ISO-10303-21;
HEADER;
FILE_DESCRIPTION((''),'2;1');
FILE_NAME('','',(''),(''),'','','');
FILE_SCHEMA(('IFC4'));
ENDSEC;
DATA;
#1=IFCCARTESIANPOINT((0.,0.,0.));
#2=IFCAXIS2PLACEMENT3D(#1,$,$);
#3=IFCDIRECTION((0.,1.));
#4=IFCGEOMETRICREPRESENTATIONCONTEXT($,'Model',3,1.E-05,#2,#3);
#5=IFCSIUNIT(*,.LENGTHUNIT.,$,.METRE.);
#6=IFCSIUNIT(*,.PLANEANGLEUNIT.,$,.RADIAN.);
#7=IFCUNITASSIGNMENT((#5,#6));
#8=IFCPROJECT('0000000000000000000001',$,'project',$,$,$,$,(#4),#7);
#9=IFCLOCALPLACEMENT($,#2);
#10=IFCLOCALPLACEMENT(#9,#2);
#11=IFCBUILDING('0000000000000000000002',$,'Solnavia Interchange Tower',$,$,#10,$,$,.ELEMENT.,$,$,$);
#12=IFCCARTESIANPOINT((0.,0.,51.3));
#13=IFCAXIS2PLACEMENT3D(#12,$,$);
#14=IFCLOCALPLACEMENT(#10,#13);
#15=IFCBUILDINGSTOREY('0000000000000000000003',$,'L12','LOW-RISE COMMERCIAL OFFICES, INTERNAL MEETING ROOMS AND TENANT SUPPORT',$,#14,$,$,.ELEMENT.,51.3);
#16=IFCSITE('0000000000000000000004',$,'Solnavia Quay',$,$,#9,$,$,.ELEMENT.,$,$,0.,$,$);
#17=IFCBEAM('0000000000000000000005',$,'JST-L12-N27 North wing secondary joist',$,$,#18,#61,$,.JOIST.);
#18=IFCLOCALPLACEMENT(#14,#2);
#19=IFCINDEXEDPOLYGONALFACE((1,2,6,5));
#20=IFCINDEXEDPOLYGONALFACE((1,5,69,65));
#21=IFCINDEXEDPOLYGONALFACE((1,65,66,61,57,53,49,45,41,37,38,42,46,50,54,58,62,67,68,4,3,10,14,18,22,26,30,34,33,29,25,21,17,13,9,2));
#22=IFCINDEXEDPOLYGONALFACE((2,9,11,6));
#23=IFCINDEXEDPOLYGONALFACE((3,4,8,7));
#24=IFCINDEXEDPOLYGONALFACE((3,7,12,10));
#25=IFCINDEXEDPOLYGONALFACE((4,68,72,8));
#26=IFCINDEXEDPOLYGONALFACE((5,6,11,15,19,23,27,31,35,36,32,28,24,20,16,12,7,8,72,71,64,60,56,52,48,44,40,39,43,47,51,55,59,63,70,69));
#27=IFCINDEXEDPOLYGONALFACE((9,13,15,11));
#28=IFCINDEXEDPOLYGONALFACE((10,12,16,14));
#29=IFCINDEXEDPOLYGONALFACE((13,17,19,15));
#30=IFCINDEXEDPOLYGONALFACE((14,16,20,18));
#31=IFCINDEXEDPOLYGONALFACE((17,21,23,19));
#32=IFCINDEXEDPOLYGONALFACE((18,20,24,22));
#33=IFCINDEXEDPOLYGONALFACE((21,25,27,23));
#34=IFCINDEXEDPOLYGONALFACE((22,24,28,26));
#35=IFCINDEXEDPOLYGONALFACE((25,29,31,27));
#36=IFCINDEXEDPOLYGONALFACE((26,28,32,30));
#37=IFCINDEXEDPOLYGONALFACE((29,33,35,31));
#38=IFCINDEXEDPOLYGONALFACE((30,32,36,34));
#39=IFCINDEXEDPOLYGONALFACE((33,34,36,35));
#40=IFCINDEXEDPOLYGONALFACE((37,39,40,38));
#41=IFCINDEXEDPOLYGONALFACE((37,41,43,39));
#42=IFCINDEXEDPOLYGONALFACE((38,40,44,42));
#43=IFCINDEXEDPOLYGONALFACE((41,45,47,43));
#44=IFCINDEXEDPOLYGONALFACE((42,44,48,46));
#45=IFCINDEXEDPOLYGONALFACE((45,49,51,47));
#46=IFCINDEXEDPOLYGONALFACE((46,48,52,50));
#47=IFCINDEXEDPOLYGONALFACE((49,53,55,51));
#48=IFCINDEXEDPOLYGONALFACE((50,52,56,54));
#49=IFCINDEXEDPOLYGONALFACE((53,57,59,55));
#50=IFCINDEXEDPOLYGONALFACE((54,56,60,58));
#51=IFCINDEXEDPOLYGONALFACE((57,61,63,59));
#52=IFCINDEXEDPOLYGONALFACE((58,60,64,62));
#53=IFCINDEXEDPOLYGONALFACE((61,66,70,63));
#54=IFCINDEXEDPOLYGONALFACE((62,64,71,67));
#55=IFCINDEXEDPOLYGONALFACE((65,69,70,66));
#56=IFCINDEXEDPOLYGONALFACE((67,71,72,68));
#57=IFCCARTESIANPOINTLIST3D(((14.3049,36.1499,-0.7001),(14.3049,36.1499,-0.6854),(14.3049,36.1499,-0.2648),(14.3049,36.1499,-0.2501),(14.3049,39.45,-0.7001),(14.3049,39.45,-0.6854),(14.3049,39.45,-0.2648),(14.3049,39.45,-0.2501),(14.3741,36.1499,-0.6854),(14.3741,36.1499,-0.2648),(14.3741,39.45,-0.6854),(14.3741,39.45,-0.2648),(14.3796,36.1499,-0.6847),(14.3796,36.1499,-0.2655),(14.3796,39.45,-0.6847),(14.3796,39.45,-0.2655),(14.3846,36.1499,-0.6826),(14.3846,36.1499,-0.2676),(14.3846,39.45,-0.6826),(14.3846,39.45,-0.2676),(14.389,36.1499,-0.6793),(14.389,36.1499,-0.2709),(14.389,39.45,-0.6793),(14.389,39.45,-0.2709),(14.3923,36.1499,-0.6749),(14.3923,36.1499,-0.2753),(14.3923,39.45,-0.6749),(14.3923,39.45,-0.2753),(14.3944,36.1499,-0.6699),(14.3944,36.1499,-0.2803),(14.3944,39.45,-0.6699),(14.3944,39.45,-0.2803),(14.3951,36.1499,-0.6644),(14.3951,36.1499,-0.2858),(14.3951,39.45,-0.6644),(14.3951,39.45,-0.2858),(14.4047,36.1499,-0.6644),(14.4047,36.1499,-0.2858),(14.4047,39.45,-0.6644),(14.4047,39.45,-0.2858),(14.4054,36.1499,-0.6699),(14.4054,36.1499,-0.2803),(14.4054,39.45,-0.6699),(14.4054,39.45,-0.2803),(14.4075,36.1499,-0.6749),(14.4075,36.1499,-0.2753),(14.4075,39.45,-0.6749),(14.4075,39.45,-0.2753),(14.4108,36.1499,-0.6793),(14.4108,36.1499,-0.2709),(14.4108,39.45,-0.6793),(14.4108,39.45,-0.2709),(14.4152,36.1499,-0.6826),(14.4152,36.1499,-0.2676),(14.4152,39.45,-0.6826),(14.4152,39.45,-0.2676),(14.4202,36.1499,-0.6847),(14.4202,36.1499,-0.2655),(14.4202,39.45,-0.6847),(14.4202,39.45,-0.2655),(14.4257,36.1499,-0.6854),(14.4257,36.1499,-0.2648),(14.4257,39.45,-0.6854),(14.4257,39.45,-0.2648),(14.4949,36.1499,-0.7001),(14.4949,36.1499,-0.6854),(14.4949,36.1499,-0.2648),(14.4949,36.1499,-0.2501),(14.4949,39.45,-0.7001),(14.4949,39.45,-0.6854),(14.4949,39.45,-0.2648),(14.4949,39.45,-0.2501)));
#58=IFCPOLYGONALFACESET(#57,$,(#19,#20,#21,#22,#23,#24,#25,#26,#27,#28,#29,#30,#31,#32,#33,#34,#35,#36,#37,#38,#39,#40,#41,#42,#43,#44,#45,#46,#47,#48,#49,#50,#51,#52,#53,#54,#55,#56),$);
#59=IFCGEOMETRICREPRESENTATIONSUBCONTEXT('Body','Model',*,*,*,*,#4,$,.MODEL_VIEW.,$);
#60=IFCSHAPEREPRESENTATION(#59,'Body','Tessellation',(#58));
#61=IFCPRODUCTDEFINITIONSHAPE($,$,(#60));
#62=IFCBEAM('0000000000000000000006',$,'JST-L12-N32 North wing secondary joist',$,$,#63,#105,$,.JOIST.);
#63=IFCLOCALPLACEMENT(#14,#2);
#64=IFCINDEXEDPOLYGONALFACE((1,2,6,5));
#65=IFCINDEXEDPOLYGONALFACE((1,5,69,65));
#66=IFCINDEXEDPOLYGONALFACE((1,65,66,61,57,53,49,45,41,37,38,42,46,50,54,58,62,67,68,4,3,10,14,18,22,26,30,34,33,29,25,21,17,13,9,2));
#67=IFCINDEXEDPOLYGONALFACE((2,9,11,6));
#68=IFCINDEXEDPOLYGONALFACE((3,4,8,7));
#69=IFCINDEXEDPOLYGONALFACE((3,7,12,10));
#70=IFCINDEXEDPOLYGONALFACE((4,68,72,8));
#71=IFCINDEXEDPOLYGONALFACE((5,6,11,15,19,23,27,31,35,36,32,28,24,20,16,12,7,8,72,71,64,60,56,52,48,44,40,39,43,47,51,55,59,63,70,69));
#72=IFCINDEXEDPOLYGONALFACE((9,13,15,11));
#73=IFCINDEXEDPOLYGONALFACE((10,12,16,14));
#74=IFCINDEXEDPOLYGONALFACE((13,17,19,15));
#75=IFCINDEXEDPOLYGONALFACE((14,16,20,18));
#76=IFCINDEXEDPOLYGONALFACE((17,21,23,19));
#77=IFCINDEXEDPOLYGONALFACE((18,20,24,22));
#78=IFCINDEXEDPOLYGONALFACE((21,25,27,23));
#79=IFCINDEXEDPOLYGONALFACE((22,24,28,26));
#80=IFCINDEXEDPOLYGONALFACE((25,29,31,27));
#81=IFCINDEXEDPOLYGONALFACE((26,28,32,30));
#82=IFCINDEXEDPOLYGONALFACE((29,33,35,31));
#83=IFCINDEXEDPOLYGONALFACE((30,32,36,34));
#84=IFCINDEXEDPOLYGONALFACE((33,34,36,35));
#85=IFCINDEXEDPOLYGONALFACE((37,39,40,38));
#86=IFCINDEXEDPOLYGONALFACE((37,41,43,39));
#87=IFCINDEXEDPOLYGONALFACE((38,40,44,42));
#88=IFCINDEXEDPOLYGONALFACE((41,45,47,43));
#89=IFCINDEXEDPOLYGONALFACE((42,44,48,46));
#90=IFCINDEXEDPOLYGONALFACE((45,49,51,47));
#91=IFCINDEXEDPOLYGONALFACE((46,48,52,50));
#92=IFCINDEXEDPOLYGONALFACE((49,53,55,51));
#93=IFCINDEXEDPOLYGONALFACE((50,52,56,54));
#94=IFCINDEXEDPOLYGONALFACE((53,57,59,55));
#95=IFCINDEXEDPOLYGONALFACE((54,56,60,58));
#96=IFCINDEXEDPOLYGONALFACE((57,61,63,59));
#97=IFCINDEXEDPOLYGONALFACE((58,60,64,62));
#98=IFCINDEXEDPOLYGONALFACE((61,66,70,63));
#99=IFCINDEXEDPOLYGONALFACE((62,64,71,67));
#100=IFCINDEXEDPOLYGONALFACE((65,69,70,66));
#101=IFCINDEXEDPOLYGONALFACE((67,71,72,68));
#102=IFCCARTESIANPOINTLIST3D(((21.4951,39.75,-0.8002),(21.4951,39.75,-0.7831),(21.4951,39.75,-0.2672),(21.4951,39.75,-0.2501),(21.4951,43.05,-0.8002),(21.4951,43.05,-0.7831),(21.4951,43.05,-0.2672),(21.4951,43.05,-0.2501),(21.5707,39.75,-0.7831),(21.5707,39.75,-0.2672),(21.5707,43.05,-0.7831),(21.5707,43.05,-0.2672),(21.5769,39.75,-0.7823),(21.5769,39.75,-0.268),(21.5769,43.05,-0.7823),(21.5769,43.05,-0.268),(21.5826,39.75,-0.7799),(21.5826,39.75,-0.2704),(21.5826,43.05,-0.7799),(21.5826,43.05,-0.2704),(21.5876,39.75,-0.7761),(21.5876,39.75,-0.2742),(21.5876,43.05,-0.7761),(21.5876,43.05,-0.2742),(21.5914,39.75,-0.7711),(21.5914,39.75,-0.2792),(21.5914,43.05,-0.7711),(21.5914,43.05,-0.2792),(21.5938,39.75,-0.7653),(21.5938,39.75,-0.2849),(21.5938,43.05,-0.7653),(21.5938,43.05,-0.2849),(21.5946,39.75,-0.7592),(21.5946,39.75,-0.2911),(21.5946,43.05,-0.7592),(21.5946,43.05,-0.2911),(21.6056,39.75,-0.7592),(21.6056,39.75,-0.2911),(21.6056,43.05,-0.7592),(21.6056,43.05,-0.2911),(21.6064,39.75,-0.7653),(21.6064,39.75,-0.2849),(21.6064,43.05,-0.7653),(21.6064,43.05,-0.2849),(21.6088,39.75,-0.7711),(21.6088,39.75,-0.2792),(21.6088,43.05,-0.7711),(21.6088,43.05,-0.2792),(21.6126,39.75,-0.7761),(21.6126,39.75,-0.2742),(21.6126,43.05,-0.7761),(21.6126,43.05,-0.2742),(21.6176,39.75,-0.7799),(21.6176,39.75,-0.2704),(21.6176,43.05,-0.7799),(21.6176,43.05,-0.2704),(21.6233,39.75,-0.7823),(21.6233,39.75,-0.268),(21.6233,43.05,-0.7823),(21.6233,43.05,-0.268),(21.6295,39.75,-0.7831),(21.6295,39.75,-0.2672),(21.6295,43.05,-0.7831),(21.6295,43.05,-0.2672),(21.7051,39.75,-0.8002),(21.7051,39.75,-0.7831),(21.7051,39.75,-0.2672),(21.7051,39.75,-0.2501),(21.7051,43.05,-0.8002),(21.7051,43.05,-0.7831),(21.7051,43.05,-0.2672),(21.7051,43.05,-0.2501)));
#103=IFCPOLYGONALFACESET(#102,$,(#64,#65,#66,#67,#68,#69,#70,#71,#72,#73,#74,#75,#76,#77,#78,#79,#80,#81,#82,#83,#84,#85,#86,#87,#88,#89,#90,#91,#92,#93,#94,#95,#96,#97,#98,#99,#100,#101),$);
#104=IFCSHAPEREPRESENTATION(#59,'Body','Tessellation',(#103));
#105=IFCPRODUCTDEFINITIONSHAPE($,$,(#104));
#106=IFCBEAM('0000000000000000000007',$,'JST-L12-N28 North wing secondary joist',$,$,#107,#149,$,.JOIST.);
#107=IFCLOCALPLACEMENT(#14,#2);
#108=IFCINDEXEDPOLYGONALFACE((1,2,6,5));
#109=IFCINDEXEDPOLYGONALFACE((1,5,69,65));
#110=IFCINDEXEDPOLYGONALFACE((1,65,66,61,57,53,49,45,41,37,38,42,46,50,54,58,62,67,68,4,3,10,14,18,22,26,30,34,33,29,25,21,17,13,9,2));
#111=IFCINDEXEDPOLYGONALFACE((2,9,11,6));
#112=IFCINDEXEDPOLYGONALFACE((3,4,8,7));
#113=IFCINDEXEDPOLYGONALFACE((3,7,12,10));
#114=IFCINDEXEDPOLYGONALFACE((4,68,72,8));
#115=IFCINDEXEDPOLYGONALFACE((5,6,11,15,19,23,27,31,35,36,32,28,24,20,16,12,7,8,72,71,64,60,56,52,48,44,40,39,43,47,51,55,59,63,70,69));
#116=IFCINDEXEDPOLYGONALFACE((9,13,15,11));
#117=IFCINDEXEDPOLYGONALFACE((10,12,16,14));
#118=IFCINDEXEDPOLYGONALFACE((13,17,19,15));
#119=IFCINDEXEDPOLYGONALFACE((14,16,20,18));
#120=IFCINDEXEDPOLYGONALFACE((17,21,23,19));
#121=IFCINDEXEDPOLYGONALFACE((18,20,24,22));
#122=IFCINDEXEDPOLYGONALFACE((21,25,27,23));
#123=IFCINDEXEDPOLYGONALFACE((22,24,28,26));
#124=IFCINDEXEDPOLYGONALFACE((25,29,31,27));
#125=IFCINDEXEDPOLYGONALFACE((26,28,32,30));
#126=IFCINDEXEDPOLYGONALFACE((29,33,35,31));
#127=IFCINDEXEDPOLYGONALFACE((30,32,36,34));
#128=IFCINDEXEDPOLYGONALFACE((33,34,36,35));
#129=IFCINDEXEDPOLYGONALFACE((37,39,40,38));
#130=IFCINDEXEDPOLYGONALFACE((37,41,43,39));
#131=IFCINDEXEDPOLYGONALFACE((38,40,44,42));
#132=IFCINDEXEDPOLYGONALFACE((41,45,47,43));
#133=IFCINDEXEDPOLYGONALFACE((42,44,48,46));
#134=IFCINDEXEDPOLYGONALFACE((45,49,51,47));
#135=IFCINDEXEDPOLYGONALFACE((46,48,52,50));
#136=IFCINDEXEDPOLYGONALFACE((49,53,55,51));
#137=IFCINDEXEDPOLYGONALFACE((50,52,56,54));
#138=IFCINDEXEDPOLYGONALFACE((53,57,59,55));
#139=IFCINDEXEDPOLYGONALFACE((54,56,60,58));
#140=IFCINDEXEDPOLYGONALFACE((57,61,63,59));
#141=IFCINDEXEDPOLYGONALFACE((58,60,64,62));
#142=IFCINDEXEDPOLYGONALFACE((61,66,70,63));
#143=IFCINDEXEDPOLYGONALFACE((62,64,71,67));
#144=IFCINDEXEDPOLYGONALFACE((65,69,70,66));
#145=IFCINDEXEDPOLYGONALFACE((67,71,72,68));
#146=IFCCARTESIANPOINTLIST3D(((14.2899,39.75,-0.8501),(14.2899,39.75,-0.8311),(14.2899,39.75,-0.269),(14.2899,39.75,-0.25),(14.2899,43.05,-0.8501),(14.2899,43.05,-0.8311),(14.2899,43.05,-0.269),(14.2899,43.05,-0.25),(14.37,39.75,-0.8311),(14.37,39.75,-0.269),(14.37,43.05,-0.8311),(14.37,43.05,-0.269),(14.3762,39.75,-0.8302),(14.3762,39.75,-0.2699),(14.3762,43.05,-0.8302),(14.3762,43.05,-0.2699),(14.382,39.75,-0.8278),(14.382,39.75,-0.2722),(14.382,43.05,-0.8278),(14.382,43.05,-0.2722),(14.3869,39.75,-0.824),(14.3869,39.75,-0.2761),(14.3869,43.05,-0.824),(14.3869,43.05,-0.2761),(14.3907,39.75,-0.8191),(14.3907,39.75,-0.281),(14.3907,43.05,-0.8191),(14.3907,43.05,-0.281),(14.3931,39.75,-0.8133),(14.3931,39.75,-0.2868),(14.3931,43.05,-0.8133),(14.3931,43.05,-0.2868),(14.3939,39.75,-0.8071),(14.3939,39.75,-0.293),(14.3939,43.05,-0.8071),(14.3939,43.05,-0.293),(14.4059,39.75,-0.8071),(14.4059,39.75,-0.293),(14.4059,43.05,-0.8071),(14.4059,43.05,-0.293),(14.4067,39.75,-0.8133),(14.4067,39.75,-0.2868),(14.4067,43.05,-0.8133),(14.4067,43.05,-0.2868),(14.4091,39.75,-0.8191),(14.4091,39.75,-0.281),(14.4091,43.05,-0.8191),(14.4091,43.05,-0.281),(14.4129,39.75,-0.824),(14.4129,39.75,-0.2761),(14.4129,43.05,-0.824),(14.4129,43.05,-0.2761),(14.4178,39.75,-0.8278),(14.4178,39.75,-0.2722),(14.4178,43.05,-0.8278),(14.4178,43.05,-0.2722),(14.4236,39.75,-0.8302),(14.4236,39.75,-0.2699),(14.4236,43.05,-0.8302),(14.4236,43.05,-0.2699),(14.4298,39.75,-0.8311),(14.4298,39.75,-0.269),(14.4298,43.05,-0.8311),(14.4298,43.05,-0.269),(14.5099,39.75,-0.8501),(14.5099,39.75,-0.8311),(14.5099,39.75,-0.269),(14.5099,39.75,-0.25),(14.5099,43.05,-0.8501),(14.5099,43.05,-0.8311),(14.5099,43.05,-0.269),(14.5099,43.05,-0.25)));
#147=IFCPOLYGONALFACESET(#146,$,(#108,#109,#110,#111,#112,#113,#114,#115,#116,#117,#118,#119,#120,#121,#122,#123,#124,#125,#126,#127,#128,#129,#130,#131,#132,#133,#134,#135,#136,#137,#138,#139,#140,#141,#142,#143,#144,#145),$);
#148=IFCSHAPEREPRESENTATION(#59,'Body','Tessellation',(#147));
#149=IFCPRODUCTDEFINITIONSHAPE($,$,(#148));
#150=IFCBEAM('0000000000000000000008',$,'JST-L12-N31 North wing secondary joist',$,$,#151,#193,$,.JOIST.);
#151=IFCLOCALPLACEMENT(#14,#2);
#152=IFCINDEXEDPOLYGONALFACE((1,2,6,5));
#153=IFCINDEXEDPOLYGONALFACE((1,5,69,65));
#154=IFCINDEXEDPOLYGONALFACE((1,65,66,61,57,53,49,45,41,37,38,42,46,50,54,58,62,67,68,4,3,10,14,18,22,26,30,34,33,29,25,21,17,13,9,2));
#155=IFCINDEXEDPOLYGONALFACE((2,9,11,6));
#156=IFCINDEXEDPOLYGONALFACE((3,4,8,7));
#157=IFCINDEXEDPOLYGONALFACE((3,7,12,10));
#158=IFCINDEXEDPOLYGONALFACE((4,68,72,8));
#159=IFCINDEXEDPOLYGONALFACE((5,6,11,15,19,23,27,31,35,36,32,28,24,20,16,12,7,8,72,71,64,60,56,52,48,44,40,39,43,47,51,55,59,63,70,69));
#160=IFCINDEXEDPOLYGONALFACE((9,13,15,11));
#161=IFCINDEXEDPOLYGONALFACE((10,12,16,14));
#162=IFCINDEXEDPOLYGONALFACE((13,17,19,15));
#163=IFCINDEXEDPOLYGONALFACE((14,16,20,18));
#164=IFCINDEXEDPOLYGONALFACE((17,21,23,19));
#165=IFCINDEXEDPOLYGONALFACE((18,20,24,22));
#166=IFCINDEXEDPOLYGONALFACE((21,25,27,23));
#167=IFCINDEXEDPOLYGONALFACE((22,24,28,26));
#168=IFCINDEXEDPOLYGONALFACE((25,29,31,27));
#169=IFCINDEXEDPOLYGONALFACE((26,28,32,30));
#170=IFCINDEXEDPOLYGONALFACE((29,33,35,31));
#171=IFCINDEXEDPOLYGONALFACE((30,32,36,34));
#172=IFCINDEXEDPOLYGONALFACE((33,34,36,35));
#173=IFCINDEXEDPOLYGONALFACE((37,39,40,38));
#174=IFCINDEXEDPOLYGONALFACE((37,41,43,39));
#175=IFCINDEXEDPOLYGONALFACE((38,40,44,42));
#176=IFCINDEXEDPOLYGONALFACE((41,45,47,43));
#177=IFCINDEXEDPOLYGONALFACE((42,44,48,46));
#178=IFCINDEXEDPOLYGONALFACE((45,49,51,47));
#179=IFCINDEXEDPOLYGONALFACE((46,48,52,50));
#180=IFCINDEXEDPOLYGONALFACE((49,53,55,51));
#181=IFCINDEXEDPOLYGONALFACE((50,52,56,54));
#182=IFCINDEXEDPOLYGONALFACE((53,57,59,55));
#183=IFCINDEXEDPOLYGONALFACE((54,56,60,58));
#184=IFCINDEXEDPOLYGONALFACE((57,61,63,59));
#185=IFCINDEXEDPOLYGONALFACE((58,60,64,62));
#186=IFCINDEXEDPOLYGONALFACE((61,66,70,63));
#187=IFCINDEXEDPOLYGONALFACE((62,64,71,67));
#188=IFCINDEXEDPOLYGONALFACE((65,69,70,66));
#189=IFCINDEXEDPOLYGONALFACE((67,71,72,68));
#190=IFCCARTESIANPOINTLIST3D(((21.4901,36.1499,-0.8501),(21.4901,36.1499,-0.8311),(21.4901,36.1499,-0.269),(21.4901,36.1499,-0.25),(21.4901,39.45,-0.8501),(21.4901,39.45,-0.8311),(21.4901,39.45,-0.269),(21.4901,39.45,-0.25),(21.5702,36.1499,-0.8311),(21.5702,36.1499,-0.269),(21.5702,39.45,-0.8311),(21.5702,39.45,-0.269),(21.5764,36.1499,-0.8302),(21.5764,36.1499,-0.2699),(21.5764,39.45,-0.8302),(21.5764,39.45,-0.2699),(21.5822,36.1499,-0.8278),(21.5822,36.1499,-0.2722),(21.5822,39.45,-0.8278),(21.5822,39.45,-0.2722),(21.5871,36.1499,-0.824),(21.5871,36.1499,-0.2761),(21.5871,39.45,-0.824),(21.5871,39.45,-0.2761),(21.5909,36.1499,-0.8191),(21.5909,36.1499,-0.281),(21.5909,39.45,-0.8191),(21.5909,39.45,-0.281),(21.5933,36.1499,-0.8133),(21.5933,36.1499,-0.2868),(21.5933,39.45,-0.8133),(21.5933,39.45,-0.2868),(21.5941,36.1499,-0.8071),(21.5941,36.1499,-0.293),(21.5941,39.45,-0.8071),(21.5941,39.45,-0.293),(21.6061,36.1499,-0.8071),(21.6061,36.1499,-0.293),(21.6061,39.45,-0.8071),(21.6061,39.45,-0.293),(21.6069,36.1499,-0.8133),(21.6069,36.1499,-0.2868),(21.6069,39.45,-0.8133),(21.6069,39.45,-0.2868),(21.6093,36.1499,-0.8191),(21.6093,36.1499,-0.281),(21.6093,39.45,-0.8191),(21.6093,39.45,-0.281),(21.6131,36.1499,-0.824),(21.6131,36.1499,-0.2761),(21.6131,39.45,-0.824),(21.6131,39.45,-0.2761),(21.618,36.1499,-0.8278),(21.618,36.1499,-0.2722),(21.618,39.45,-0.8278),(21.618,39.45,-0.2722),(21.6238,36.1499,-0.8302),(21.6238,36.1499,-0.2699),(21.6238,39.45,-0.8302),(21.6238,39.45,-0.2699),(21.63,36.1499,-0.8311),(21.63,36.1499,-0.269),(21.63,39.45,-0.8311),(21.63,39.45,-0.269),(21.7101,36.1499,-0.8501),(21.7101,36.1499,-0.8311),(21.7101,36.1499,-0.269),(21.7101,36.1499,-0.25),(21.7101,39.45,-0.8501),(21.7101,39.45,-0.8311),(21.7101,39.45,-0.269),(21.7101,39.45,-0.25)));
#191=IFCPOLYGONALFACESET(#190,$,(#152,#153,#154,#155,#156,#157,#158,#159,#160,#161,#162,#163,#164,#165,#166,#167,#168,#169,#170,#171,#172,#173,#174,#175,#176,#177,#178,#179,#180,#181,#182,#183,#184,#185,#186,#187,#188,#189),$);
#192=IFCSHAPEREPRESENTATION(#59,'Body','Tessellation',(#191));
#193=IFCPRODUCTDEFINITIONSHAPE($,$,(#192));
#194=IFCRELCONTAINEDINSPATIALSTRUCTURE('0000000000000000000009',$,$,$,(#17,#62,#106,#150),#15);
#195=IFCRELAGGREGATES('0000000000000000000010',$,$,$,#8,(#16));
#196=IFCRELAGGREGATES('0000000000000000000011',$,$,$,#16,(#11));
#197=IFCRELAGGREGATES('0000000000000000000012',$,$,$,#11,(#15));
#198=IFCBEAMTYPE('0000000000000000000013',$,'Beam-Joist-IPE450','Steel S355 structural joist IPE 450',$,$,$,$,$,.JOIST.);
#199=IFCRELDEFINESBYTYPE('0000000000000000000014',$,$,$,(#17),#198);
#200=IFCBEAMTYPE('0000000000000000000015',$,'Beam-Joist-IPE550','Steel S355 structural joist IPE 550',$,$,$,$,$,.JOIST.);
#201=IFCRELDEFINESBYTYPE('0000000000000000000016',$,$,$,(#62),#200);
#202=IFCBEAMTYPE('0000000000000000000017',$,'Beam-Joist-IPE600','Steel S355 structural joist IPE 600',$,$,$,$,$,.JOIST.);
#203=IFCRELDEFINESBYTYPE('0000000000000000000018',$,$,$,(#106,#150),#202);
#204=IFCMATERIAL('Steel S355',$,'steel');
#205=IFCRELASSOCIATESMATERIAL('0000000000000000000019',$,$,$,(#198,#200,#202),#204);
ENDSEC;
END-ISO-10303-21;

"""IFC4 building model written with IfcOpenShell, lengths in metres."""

from ifc_helpers import new_model, si_unit, direction, frame, origin, origin_2d, place, context, subcontext, project, spatial, i_section, extrude, material, material_profile, profile_set, type_object, element, save


model = new_model("IFC4")

# Units and contexts
model_context = context("Model", 3, precision=1e-05, world=origin(), true_north=direction((0.0, 1.0)))
body_context = subcontext(model_context, "Body", "Model", "MODEL_VIEW")
ifc_project = project(units=[si_unit("LENGTHUNIT", "METRE"), si_unit("PLANEANGLEUNIT", "RADIAN")], contexts=[model_context])

# Site, building, storey
site_placement = place(None, origin())
site = spatial("IfcSite", under=ifc_project, at=site_placement, Name="Solnavia Quay", CompositionType="ELEMENT", RefElevation=0.0)
building_placement = place(site_placement, origin())
building = spatial("IfcBuilding", under=site, at=building_placement, Name="Solnavia Interchange Tower", CompositionType="ELEMENT")
storey_placement = place(building_placement, frame((0.0, 0.0, 51.3)))
storey = spatial("IfcBuildingStorey", under=building, at=storey_placement, Name="L12", Description="LOW-RISE COMMERCIAL OFFICES, INTERNAL MEETING ROOMS AND TENANT SUPPORT", CompositionType="ELEMENT", Elevation=51.3)

# Shared definitions
ifc_material_1 = material(Name="Steel S355", Category="steel")

# Beams
ifc_material_profile_1 = material_profile(ifc_material_1, i_section(OverallWidth=0.1899, OverallDepth=0.45, WebThickness=0.0095, FlangeThickness=0.0146, FilletRadius=0.021, at=origin_2d()), Name="IPE 450")
ifc_profile_set_1 = profile_set([ifc_material_profile_1], Name="Steel S355")
beam_type_1 = type_object("IfcBeamType", Name="Beam-Joist-IPE450", Description="Steel S355 structural joist IPE 450", PredefinedType="JOIST", material=ifc_profile_set_1)
beam_1_placement = place(storey_placement, frame((14.3999, 36.1499, -0.4751), z_axis=(0.0, 1.0, 0.0), x_axis=(-1.0, 0.0, 0.0)))
element("IfcBeam", 1, at=beam_1_placement, inside=storey, type_object=beam_type_1, Name="JST-L12-N27 North wing secondary joist", PredefinedType="JOIST", context=body_context, shape_type="SweptSolid", body=[
    extrude(i_section(OverallWidth=0.1899, OverallDepth=0.45, WebThickness=0.0095, FlangeThickness=0.0146, FilletRadius=0.021, at=origin_2d()), origin(), (0.0, 0.0, 1.0), 3.3),
])
ifc_material_profile_2 = material_profile(ifc_material_1, i_section(OverallWidth=0.21, OverallDepth=0.55, WebThickness=0.011, FlangeThickness=0.0171, FilletRadius=0.0239, at=origin_2d()), Name="IPE 550")
ifc_profile_set_2 = profile_set([ifc_material_profile_2], Name="Steel S355")
beam_type_2 = type_object("IfcBeamType", Name="Beam-Joist-IPE550", Description="Steel S355 structural joist IPE 550", PredefinedType="JOIST", material=ifc_profile_set_2)
beam_2_placement = place(storey_placement, frame((21.6001, 39.75, -0.5251), z_axis=(0.0, 1.0, 0.0), x_axis=(-1.0, 0.0, 0.0)))
element("IfcBeam", 2, at=beam_2_placement, inside=storey, type_object=beam_type_2, Name="JST-L12-N32 North wing secondary joist", PredefinedType="JOIST", context=body_context, shape_type="SweptSolid", body=[
    extrude(i_section(OverallWidth=0.21, OverallDepth=0.55, WebThickness=0.011, FlangeThickness=0.0171, FilletRadius=0.0239, at=origin_2d()), origin(), (0.0, 0.0, 1.0), 3.3),
])
ifc_material_profile_3 = material_profile(ifc_material_1, i_section(OverallWidth=0.22, OverallDepth=0.6001, WebThickness=0.012, FlangeThickness=0.019, FilletRadius=0.0239, at=origin_2d()), Name="IPE 600")
ifc_profile_set_3 = profile_set([ifc_material_profile_3], Name="Steel S355")
beam_type_3 = type_object("IfcBeamType", Name="Beam-Joist-IPE600", Description="Steel S355 structural joist IPE 600", PredefinedType="JOIST", material=ifc_profile_set_3)
for number, where, z_axis, x_axis, name in (
    (3, (14.3999, 39.75, -0.55), (0.0, 1.0, 0.0), (-1.0, 0.0, 0.0), "JST-L12-N28 North wing secondary joist"),
    (4, (21.6001, 36.1499, -0.55), (0.0, 1.0, 0.0), (-1.0, 0.0, 0.0), "JST-L12-N31 North wing secondary joist"),
):
    element("IfcBeam", number, at=place(storey_placement, frame(where, z_axis=z_axis, x_axis=x_axis)), inside=storey, type_object=beam_type_3, Name=name, PredefinedType="JOIST", context=body_context, shape_type="SweptSolid", body=[
        extrude(i_section(OverallWidth=0.22, OverallDepth=0.6001, WebThickness=0.012, FlangeThickness=0.019, FilletRadius=0.0239, at=origin_2d()), origin(), (0.0, 0.0, 1.0), 3.3),
    ])

save(model, "model.ifc")
